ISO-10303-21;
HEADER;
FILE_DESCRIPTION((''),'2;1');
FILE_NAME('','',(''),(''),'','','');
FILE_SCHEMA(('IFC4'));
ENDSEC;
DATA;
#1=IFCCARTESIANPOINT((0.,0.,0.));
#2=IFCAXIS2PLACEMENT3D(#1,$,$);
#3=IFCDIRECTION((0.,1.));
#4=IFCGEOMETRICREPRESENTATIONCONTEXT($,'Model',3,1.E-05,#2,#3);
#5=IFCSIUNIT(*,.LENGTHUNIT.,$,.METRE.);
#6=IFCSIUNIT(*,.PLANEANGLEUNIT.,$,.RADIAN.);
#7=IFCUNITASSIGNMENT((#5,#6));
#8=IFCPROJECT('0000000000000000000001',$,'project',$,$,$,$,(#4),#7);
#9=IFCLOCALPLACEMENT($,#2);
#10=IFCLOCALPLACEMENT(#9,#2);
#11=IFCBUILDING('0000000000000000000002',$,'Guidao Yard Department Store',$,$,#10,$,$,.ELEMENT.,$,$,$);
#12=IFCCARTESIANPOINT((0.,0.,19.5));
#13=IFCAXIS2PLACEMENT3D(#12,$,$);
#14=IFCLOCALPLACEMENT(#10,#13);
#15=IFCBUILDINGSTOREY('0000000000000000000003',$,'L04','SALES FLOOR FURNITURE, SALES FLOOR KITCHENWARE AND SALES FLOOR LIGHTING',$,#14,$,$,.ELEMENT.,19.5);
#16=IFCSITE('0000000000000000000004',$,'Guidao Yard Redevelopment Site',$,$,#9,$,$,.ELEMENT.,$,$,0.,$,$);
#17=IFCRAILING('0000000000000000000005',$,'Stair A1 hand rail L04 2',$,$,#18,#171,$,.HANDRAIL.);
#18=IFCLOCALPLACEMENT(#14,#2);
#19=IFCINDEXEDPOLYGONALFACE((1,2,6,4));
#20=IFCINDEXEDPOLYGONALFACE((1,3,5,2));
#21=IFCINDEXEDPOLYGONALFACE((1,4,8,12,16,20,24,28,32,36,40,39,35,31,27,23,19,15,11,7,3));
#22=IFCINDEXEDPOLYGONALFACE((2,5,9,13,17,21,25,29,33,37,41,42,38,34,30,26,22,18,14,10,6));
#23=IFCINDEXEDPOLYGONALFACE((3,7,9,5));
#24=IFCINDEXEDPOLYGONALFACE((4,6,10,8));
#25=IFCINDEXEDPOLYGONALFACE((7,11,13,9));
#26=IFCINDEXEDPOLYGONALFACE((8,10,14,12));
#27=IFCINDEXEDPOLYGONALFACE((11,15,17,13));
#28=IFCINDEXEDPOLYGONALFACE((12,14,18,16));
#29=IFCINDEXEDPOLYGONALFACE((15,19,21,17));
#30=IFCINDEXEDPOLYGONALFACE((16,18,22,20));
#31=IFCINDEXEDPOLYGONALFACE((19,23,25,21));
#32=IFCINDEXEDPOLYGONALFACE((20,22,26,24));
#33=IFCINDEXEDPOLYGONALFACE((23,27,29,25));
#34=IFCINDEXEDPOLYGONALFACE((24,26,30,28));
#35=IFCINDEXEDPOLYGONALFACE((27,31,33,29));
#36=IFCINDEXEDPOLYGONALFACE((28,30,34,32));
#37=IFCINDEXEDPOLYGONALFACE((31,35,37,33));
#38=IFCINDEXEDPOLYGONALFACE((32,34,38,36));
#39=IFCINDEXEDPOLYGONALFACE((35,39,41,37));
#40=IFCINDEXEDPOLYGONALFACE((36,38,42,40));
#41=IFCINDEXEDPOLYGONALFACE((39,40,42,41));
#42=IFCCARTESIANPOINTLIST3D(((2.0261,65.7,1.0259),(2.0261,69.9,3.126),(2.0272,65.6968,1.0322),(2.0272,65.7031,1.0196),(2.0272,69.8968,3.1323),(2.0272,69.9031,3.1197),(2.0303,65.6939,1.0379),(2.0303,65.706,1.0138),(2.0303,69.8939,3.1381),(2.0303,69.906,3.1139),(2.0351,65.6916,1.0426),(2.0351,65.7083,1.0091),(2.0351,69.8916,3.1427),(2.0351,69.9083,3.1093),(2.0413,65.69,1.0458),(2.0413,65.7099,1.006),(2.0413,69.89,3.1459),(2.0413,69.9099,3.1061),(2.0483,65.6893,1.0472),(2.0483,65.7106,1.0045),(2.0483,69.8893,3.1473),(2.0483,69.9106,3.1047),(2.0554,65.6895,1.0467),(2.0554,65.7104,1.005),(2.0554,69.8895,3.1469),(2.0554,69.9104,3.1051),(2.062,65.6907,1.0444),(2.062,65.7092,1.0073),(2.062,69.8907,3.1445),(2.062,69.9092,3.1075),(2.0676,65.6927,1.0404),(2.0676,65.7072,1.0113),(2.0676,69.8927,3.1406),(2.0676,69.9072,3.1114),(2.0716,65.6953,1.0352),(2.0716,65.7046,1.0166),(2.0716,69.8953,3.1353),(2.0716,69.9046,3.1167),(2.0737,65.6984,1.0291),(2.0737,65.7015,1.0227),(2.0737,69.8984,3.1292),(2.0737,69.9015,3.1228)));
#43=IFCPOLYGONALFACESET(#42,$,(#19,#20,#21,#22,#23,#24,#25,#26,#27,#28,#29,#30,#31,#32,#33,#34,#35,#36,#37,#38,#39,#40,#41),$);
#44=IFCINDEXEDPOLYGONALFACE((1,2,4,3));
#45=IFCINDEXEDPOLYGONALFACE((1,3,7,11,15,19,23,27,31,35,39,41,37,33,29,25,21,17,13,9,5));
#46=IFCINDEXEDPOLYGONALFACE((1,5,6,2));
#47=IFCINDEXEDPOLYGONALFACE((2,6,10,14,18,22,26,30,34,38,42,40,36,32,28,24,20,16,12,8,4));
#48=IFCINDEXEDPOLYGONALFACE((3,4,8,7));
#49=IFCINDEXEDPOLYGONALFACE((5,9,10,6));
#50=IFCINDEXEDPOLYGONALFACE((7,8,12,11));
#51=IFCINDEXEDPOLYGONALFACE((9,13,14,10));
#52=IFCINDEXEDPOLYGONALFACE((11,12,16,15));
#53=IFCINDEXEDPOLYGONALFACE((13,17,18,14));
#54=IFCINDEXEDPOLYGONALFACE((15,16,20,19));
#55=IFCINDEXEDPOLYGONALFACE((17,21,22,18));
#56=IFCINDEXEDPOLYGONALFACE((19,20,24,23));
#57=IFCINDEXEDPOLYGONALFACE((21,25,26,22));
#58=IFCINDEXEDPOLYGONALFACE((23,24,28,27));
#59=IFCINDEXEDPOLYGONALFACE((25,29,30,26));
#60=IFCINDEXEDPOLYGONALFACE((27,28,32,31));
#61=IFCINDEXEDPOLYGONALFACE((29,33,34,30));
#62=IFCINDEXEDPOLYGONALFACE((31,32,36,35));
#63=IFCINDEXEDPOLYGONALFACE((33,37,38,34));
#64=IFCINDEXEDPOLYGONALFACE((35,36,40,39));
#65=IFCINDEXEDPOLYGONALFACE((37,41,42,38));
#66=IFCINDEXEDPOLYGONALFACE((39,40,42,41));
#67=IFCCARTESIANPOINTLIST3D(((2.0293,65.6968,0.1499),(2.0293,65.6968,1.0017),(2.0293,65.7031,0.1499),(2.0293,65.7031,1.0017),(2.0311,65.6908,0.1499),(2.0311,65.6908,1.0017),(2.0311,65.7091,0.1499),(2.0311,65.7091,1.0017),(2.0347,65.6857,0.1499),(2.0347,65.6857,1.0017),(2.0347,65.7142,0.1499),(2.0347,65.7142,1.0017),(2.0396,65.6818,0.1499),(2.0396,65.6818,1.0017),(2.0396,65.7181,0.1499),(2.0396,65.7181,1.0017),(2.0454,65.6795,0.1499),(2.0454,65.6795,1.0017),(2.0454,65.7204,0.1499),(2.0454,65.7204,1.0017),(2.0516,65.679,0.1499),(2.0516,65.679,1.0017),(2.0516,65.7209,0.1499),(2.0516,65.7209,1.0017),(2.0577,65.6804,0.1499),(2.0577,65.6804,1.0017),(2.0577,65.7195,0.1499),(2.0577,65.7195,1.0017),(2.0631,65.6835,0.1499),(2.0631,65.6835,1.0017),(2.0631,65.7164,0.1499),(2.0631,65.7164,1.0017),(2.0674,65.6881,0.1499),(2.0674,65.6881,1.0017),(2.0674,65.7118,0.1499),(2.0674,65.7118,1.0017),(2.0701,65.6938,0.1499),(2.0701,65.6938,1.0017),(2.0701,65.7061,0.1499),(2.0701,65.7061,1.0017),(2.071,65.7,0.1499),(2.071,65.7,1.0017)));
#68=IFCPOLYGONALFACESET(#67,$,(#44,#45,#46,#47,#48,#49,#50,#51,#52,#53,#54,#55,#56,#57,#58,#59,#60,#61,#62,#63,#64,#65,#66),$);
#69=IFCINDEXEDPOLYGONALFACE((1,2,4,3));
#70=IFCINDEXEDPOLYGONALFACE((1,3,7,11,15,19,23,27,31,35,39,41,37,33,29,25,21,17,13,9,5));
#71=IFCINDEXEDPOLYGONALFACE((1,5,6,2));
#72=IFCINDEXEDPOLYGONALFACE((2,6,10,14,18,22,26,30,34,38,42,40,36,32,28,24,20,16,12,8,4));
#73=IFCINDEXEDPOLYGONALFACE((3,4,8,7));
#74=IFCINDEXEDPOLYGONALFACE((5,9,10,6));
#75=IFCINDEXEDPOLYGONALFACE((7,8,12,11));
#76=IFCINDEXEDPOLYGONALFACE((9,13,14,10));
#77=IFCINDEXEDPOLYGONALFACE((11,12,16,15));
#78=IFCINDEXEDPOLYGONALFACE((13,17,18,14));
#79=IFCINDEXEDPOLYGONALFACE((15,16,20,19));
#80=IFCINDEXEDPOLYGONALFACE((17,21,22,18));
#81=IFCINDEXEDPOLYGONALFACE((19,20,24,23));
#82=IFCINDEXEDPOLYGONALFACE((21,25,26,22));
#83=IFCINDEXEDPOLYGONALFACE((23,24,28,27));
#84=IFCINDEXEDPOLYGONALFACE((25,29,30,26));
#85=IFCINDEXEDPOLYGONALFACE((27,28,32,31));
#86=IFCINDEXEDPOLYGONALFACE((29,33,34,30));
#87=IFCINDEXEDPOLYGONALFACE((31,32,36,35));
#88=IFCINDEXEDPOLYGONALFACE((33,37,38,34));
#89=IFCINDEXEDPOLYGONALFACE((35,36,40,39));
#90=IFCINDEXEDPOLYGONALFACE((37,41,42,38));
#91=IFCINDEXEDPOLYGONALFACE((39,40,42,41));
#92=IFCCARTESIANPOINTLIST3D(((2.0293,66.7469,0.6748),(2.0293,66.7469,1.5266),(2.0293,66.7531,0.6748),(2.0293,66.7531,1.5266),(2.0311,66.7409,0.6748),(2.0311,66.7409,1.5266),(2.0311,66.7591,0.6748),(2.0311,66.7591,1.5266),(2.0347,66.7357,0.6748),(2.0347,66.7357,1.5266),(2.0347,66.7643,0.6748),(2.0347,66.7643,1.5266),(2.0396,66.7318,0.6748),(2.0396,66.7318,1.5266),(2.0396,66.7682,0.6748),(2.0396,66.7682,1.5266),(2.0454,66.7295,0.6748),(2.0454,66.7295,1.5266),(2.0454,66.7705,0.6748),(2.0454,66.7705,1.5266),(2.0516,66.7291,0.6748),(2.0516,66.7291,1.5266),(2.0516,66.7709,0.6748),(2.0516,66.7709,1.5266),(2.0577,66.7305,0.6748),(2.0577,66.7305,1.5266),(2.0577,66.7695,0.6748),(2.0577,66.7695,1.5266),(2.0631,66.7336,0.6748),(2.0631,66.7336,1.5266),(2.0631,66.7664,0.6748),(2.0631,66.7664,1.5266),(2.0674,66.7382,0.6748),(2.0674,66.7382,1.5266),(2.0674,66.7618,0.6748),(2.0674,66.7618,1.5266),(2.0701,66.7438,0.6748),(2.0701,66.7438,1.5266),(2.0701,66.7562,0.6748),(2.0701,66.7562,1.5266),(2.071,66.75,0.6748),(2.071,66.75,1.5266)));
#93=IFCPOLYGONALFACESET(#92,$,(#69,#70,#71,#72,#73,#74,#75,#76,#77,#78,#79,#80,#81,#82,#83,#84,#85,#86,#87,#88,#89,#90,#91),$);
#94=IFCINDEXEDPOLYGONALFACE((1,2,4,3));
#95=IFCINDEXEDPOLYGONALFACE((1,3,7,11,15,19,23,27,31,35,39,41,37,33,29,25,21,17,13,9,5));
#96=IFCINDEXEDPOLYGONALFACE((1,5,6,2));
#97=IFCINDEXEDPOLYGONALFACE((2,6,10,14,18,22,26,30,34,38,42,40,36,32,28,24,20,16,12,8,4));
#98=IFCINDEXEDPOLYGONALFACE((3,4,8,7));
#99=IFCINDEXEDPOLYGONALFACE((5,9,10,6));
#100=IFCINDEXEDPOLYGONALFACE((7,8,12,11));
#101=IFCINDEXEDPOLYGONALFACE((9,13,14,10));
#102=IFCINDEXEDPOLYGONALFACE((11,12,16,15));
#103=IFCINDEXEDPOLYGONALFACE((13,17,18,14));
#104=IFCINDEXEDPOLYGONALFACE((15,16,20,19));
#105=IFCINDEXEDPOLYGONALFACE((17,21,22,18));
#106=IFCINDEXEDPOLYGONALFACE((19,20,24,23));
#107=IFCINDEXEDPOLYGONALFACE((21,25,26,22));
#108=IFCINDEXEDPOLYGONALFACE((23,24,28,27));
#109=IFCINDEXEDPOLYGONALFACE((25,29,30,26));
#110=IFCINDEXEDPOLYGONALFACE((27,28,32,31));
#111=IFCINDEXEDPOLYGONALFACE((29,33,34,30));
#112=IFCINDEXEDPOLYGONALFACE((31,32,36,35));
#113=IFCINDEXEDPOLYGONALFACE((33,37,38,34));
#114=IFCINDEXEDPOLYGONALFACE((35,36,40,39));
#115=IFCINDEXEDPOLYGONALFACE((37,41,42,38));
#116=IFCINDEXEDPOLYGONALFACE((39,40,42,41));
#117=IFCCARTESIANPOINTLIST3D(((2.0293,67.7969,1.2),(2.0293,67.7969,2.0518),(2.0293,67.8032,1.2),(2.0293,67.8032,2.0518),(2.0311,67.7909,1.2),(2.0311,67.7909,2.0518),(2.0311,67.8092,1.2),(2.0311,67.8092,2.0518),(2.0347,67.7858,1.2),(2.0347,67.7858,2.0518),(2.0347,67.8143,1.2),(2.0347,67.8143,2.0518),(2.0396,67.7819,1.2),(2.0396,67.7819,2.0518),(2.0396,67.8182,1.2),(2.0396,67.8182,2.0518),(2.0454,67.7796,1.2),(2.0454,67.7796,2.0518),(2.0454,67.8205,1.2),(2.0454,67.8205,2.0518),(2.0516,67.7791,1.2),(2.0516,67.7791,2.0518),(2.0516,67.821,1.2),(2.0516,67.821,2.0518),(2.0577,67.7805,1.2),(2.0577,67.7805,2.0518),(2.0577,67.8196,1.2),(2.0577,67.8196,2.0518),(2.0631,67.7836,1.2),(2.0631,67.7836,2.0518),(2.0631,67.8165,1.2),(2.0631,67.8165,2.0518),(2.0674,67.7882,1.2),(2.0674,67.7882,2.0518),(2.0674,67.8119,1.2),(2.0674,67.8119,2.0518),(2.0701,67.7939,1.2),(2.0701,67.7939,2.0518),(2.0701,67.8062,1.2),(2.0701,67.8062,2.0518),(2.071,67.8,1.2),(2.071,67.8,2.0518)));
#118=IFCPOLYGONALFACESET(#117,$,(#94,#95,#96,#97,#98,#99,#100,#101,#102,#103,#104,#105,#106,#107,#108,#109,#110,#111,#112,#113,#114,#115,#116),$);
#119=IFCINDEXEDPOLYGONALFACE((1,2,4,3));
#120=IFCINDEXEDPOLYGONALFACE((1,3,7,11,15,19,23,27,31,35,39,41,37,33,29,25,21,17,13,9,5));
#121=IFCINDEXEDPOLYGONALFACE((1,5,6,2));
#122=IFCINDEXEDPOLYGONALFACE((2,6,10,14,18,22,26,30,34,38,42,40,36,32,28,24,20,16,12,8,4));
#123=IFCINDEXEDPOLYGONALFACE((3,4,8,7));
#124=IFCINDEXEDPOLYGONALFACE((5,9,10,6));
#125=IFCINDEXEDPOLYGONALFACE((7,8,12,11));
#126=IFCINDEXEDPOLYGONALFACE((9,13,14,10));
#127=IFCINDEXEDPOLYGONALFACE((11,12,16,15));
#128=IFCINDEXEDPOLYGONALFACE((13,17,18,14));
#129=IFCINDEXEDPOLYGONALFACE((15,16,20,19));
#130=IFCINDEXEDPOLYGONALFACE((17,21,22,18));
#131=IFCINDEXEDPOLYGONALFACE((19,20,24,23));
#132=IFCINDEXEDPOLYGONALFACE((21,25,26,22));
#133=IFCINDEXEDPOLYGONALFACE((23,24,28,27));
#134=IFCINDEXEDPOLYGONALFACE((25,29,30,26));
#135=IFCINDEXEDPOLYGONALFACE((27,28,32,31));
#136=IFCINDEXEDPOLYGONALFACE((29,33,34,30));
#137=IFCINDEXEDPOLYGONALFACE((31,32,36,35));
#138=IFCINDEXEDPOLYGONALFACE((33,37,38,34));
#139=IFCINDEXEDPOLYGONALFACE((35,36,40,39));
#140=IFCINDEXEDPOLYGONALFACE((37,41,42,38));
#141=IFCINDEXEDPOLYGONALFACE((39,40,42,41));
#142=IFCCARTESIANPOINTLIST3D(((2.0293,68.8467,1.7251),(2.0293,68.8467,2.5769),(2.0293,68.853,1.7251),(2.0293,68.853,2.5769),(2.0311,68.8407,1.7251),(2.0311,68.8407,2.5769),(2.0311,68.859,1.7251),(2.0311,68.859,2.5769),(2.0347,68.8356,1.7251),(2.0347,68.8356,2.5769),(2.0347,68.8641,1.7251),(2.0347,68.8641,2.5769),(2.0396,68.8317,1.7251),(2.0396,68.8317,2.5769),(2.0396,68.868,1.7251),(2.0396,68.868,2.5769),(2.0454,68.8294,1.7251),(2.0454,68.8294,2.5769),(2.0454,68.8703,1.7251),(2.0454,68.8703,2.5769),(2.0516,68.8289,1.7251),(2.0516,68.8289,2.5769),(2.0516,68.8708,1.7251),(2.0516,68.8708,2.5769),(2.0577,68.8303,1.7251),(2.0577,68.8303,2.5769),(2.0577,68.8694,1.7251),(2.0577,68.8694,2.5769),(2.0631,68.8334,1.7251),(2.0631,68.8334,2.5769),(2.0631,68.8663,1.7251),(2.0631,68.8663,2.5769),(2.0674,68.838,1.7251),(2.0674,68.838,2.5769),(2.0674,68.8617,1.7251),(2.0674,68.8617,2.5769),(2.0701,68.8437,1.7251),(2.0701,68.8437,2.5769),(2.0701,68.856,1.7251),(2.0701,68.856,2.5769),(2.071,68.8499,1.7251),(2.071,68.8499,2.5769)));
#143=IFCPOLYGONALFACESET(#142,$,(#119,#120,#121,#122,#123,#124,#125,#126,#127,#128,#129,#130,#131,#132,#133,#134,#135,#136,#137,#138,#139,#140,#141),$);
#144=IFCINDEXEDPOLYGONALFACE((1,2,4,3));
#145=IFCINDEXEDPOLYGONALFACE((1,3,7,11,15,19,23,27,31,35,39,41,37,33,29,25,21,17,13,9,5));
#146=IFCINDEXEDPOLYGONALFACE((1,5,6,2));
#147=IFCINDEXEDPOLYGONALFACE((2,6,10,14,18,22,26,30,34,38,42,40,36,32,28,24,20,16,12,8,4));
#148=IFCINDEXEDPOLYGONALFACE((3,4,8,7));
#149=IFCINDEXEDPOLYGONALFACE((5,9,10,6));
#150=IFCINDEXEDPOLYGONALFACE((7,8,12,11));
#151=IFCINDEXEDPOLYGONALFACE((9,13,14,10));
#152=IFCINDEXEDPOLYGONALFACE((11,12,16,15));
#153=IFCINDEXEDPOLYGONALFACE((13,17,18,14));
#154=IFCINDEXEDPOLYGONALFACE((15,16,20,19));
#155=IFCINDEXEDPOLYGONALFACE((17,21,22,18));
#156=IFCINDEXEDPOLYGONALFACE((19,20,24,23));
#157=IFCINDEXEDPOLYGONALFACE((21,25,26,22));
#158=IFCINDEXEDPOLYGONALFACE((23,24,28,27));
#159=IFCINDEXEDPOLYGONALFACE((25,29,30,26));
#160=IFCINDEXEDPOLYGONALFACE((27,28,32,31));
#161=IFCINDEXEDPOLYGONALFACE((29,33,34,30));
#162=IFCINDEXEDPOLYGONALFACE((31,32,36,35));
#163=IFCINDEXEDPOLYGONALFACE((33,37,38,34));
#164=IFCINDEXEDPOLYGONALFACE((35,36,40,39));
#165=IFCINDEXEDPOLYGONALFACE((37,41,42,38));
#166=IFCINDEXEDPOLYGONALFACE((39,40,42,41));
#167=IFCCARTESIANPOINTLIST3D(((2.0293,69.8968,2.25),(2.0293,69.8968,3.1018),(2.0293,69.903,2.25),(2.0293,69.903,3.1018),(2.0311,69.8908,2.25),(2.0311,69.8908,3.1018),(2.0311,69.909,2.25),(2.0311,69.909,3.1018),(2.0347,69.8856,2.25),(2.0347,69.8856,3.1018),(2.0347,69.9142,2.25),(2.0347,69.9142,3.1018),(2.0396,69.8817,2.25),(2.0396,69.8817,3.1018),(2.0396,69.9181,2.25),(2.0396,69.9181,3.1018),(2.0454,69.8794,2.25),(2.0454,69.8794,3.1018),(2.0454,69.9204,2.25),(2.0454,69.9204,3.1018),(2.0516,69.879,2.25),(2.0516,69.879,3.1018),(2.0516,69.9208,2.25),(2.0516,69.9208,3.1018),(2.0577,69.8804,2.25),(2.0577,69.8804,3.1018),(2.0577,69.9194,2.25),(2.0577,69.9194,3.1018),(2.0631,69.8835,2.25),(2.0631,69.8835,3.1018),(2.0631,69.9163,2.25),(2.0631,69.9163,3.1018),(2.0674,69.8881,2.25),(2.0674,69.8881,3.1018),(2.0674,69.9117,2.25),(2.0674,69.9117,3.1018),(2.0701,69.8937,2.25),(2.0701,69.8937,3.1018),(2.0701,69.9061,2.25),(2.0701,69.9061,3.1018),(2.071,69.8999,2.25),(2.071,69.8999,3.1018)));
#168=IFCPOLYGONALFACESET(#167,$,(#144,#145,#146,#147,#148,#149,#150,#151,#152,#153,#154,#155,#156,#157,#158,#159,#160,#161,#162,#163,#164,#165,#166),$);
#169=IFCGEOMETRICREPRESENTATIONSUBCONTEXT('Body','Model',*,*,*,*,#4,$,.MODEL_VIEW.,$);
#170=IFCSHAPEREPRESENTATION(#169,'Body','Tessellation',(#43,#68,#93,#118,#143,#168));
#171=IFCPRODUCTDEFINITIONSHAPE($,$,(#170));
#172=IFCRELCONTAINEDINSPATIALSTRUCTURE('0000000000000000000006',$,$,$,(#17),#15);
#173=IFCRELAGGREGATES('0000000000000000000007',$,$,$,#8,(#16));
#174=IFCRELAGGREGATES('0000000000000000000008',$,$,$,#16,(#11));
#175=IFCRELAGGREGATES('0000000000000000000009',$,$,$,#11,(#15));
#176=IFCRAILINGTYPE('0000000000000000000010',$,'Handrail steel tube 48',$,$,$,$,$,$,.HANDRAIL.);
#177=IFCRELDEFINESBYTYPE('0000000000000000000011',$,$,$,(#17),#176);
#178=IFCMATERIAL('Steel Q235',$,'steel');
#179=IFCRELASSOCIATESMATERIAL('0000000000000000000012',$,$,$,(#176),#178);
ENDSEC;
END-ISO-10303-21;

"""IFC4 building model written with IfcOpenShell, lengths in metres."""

from ifc_helpers import new_model, si_unit, direction, frame, origin, origin_2d, place, context, subcontext, project, spatial, circle, extrude, material, type_object, element, save


model = new_model("IFC4")

# Units and contexts
model_context = context("Model", 3, precision=1e-05, world=origin(), true_north=direction((0.0, 1.0)))
body_context = subcontext(model_context, "Body", "Model", "MODEL_VIEW")
ifc_project = project(units=[si_unit("LENGTHUNIT", "METRE"), si_unit("PLANEANGLEUNIT", "RADIAN")], contexts=[model_context])

# Site, building, storey
site_placement = place(None, origin())
site = spatial("IfcSite", under=ifc_project, at=site_placement, Name="Guidao Yard Redevelopment Site", CompositionType="ELEMENT", RefElevation=0.0)
building_placement = place(site_placement, origin())
building = spatial("IfcBuilding", under=site, at=building_placement, Name="Guidao Yard Department Store", CompositionType="ELEMENT")
storey_placement = place(building_placement, frame((0.0, 0.0, 19.5)))
storey = spatial("IfcBuildingStorey", under=building, at=storey_placement, Name="L04", Description="SALES FLOOR FURNITURE, SALES FLOOR KITCHENWARE AND SALES FLOOR LIGHTING", CompositionType="ELEMENT", Elevation=19.5)

# Railing
ifc_material_1 = material(Name="Steel Q235", Category="steel")
railing_type_1 = type_object("IfcRailingType", Name="Handrail steel tube 48", PredefinedType="HANDRAIL", material=ifc_material_1)
for number, where, name in (
    (1, (2.05, 65.7, 0.1499), "Stair A1 hand rail L04 2"),
):
    element("IfcRailing", number, at=place(storey_placement, frame(where)), inside=storey, type_object=railing_type_1, Name=name, PredefinedType="HANDRAIL", context=body_context, shape_type="SweptSolid", body=[
        extrude(circle(Radius=0.0239, at=origin_2d()), frame((0.0, 0.0, 0.876), z_axis=(0.0, 0.894417, 0.447234), x_axis=(-1.0, 0.0, 0.0)), (0.0, 0.0, 1.0), 4.6958),
        extrude(circle(Radius=0.021, at=origin_2d()), origin(), (0.0, 0.0, 1.0), 0.8518),
        extrude(circle(Radius=0.021, at=origin_2d()), frame((0.0, 1.05, 0.5249)), (0.0, 0.0, 1.0), 0.8518),
        extrude(circle(Radius=0.021, at=origin_2d()), frame((0.0, 2.1001, 1.05)), (0.0, 0.0, 1.0), 0.8518),
        extrude(circle(Radius=0.021, at=origin_2d()), frame((0.0, 3.1499, 1.5752)), (0.0, 0.0, 1.0), 0.8518),
        extrude(circle(Radius=0.021, at=origin_2d()), frame((0.0, 4.2, 2.1001)), (0.0, 0.0, 1.0), 0.8518),
    ])

save(model, "model.ifc")
